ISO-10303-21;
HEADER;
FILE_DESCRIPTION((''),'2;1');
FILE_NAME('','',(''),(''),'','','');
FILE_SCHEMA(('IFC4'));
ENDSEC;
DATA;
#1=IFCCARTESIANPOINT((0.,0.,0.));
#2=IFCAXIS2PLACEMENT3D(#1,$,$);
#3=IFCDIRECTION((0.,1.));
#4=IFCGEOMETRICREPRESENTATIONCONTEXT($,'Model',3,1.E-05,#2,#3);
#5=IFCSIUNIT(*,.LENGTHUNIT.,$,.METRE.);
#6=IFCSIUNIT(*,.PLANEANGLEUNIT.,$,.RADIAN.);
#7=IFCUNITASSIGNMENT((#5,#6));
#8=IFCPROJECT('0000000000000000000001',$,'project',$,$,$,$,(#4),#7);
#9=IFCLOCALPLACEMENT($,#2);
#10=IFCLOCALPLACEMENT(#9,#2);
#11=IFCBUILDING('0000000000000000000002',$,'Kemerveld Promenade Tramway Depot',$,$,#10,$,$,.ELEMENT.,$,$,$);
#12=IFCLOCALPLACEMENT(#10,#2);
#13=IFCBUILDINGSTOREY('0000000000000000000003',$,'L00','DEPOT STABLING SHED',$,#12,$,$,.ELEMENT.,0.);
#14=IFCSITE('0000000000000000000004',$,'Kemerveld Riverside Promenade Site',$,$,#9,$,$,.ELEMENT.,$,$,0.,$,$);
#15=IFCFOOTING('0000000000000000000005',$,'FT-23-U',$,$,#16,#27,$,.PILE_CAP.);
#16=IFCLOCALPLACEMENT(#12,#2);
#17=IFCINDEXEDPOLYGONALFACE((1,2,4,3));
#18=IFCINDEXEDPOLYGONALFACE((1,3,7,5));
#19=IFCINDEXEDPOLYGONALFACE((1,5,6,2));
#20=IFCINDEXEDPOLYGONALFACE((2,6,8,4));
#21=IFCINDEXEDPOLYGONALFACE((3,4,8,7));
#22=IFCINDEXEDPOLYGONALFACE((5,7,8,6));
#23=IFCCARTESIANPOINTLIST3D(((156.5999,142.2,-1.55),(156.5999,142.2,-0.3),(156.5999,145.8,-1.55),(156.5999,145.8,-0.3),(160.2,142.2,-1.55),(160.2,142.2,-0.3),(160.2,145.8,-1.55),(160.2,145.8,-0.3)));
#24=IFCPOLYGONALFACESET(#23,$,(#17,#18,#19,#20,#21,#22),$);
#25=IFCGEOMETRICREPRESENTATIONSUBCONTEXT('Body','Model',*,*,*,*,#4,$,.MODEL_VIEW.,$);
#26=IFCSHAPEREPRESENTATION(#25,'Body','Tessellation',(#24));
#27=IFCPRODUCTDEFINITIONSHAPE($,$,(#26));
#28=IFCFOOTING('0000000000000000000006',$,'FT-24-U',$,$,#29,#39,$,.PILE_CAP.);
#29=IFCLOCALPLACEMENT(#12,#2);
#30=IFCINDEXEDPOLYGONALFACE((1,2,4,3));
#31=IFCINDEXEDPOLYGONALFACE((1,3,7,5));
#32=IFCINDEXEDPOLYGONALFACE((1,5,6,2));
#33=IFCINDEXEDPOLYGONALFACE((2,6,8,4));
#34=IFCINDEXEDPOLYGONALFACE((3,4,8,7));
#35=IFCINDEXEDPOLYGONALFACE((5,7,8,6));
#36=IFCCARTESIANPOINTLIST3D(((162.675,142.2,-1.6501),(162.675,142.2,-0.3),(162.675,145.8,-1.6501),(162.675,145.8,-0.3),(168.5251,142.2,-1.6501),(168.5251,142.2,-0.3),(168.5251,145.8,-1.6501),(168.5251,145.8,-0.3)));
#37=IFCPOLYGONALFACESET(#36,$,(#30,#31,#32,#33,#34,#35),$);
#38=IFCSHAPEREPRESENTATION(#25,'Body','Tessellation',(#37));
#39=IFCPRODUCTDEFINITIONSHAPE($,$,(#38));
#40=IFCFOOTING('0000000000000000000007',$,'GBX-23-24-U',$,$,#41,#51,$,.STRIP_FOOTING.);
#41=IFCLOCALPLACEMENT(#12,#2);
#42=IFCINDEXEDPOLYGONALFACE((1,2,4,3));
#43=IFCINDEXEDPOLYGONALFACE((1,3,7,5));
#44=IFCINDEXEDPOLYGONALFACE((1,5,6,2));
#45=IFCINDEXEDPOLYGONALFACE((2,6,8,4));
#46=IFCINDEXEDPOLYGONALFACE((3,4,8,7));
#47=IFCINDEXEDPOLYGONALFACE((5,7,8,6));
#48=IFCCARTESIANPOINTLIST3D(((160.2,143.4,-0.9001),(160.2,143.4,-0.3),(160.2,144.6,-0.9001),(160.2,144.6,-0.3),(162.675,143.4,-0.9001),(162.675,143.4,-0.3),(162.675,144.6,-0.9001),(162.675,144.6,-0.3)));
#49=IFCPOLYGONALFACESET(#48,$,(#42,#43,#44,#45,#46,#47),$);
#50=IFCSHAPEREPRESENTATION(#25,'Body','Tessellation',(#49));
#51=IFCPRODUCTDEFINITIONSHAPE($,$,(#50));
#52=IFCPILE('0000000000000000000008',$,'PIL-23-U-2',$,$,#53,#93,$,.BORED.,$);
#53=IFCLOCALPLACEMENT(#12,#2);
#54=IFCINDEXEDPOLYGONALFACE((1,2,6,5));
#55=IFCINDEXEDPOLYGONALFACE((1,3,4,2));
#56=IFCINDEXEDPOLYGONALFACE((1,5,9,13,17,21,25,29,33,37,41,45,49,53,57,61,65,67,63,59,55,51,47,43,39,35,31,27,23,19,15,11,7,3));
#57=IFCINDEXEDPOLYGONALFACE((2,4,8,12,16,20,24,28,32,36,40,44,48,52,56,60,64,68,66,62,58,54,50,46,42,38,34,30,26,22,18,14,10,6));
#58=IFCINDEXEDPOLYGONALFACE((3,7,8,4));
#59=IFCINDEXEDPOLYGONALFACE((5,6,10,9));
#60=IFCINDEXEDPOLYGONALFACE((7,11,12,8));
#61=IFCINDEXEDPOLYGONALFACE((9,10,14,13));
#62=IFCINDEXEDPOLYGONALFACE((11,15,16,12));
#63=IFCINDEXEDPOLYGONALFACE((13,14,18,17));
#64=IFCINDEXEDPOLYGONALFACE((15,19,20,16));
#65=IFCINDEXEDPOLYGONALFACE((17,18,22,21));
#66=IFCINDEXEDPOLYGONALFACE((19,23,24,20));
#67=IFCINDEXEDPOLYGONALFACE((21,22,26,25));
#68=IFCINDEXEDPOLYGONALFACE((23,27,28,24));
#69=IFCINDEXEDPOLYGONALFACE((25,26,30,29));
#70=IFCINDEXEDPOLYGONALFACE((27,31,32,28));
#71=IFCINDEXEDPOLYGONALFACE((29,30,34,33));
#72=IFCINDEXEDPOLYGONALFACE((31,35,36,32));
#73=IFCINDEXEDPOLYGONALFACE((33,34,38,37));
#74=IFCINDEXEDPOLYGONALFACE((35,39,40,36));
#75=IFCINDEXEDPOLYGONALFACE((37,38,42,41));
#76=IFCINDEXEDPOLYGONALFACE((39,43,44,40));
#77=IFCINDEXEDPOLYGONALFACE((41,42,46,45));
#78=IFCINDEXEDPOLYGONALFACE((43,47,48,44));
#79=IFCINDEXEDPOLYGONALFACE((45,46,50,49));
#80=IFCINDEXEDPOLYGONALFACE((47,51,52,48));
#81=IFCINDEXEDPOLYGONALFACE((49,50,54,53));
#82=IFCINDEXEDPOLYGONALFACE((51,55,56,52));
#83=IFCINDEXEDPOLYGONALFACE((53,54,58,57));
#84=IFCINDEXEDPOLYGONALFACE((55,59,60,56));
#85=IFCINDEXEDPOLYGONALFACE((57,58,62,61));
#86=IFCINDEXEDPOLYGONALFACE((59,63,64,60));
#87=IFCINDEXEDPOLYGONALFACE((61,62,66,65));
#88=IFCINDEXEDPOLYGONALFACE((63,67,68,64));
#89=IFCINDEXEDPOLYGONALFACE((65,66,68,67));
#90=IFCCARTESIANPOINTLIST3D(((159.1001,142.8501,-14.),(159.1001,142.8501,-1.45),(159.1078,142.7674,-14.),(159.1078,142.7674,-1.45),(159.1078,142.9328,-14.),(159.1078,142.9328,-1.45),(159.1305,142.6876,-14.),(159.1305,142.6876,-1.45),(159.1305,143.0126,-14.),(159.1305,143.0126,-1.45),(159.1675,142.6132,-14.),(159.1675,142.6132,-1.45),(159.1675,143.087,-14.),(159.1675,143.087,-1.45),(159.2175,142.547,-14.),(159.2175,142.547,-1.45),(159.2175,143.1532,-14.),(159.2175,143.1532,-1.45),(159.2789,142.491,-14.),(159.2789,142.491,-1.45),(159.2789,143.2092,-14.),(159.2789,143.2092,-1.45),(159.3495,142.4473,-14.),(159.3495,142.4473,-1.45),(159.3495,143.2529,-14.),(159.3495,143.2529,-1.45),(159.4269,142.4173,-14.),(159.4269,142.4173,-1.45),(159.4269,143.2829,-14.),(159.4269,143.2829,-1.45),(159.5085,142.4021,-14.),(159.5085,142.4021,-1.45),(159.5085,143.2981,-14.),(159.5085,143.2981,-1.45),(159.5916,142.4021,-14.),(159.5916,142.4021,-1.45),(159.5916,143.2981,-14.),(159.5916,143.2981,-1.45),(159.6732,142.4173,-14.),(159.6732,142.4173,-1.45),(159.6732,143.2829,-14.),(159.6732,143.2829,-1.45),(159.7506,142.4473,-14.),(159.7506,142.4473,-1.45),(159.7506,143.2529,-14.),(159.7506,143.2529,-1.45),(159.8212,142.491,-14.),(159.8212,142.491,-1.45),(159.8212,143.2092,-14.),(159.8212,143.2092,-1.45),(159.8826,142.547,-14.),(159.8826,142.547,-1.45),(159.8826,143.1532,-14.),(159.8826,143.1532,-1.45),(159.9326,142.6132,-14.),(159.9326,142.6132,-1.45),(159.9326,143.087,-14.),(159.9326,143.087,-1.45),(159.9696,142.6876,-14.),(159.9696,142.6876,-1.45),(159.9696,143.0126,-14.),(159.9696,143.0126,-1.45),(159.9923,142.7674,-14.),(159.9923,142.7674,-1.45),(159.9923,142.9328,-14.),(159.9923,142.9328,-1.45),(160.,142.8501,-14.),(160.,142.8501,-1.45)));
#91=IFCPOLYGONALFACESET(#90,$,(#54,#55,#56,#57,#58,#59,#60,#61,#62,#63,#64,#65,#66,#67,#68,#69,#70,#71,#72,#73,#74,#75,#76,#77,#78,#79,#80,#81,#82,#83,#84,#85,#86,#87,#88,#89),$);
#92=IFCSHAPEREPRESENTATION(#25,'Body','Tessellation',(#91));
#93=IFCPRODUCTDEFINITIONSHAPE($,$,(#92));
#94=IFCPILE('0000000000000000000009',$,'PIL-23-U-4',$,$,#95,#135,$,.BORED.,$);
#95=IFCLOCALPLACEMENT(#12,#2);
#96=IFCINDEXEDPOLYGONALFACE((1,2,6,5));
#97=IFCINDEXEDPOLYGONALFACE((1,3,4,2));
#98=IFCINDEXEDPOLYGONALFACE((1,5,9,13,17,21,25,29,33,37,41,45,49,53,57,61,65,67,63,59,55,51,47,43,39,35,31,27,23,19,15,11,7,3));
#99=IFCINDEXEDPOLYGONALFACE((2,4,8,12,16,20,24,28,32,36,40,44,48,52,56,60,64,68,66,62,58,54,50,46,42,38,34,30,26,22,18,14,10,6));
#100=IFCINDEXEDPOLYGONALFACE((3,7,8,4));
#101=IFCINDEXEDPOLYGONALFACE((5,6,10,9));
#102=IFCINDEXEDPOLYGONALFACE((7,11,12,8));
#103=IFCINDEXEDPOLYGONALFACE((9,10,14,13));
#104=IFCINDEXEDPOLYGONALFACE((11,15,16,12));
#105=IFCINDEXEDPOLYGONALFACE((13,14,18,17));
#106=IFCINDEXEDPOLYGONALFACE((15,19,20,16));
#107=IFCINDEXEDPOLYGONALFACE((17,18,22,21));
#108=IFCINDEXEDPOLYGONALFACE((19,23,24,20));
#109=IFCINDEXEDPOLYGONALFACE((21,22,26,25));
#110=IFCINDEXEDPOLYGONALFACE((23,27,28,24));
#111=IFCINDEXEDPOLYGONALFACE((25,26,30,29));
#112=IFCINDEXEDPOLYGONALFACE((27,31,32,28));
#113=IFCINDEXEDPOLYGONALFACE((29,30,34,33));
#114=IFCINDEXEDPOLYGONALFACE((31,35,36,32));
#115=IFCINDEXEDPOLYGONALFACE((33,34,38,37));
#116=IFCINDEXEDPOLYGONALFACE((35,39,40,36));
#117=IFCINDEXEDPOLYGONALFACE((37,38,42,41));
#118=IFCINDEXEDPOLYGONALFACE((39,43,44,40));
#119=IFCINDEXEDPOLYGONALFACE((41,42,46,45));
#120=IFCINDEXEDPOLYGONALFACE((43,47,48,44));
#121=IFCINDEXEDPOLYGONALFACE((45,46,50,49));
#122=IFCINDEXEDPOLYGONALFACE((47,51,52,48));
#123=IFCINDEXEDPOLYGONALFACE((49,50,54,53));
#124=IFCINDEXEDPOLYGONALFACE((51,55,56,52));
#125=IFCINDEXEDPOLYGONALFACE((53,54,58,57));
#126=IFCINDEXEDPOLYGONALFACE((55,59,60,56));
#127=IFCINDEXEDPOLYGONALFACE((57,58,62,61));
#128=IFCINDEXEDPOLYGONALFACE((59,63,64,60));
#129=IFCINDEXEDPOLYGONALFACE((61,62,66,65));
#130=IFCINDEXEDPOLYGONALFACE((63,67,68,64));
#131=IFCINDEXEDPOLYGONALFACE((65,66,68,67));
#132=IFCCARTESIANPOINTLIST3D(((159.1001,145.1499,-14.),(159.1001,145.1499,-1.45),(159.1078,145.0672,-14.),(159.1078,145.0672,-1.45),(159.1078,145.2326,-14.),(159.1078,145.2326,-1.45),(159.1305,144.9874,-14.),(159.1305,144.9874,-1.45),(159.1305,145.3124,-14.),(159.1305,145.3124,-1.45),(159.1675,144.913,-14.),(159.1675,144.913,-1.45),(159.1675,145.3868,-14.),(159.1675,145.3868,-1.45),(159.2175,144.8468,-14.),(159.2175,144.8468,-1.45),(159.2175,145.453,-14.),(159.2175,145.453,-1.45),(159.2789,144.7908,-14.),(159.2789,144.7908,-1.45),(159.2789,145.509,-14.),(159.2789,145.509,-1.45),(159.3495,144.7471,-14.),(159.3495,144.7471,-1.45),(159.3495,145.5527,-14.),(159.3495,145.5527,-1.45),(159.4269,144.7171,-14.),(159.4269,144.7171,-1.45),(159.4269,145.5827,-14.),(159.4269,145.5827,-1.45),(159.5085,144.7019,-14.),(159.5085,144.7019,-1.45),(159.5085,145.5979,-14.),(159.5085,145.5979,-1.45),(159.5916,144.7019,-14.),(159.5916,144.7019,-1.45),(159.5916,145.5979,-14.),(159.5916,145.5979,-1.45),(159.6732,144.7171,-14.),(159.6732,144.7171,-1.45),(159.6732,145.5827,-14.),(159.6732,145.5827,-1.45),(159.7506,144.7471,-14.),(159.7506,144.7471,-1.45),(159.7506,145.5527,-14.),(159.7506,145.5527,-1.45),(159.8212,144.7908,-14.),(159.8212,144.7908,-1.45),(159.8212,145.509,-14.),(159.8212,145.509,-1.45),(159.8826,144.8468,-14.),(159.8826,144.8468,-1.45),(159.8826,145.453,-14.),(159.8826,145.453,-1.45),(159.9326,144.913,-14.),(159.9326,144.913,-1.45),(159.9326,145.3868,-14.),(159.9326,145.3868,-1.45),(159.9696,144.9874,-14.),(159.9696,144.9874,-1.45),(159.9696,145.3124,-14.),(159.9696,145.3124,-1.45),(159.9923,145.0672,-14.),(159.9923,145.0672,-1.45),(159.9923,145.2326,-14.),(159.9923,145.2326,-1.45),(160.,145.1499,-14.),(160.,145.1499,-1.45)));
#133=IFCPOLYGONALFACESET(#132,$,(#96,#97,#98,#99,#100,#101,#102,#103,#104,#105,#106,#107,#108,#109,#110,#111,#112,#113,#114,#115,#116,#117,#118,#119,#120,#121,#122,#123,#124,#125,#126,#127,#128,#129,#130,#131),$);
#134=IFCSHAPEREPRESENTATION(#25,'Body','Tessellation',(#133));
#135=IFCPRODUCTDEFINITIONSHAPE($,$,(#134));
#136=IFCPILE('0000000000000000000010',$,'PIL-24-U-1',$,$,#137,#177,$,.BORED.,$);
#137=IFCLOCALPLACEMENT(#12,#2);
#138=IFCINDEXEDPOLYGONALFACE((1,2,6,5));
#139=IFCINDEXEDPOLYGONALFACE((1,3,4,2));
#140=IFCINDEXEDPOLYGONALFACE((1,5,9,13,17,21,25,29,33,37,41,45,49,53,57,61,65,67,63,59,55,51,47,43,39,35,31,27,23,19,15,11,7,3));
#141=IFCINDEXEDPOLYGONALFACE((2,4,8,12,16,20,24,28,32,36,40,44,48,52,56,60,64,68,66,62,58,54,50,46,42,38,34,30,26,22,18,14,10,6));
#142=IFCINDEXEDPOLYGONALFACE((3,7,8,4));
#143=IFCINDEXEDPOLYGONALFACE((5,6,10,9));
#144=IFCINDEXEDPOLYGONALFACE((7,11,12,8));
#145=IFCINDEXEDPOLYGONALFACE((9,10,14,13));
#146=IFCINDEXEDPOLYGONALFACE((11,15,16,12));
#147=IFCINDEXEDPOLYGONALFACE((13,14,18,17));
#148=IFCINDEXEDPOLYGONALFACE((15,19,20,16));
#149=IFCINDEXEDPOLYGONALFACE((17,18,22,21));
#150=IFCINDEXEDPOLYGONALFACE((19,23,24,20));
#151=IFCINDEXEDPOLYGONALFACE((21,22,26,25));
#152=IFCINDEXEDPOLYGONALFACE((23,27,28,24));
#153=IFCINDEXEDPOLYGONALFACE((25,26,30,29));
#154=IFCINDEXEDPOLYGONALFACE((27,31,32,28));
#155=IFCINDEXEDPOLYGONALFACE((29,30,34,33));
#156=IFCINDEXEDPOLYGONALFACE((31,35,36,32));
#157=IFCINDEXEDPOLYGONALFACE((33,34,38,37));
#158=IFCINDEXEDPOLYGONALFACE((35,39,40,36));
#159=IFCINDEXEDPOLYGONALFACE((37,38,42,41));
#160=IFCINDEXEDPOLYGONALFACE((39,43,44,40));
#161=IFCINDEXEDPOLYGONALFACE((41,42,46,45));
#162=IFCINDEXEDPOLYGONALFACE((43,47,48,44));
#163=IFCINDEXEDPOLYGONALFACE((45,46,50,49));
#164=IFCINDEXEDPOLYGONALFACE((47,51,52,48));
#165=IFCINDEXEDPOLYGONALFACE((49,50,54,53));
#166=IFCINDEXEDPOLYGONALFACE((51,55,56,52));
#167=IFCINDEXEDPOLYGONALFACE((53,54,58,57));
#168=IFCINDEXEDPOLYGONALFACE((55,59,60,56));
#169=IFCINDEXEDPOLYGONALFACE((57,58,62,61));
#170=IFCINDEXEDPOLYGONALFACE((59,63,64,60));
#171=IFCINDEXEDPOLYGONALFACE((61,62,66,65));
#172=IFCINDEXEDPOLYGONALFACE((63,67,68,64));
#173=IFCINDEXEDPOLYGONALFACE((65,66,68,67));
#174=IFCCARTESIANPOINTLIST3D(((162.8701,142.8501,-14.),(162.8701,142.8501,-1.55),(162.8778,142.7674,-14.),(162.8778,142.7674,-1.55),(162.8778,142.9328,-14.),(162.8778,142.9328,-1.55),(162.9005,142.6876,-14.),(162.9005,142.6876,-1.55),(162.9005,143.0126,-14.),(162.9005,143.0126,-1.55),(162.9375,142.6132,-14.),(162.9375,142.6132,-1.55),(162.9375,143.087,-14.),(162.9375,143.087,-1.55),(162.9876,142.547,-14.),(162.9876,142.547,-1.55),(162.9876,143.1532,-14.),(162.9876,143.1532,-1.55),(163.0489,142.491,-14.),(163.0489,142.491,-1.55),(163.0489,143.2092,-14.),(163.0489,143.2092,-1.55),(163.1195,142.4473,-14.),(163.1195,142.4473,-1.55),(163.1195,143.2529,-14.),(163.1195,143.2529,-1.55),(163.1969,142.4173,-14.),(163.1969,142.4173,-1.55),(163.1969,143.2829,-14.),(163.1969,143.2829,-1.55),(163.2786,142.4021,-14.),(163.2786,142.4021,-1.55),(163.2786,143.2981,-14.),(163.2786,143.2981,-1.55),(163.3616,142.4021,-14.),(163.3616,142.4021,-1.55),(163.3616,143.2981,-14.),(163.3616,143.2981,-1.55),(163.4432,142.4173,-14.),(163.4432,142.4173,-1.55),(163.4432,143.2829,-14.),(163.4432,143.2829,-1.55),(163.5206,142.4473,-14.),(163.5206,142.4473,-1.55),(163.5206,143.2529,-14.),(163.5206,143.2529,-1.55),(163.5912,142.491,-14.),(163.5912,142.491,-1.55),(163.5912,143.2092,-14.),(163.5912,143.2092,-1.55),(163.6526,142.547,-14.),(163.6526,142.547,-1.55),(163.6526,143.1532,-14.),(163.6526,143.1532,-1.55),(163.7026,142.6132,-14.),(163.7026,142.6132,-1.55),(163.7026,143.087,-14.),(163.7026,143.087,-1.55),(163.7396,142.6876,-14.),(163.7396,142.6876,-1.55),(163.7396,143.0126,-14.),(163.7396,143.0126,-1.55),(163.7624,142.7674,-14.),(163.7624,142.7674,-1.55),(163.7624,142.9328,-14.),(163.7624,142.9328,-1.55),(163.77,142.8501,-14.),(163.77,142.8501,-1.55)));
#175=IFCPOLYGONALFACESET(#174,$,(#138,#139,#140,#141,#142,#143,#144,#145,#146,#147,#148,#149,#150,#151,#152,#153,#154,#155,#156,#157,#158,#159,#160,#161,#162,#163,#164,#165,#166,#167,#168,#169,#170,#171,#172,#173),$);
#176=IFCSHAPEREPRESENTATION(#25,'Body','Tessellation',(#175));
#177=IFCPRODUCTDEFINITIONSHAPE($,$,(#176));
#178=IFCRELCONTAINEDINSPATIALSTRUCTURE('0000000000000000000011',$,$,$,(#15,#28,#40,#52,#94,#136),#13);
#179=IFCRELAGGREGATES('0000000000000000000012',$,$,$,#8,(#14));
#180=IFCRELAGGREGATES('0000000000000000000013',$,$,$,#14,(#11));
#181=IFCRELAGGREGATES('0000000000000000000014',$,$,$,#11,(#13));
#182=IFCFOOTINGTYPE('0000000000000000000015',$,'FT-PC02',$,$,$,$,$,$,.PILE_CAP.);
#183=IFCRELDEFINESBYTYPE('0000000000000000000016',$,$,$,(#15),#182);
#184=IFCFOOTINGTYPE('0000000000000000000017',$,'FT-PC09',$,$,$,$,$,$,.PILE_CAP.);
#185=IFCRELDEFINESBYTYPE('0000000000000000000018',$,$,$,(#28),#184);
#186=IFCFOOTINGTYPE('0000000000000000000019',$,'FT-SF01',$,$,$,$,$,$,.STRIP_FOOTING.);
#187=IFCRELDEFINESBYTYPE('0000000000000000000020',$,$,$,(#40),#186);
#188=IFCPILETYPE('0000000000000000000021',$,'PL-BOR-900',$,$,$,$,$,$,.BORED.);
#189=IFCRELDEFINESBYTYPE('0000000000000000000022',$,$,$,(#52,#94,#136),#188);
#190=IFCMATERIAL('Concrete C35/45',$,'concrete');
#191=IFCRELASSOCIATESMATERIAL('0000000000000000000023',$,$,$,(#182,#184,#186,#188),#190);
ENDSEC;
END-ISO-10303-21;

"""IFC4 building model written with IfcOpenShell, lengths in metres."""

from ifc_helpers import new_model, si_unit, direction, frame, origin, origin_2d, place, context, subcontext, project, spatial, rectangle, circle, extrude, material, material_profile, profile_set, type_object, element, save


model = new_model("IFC4")

# Units and contexts
model_context = context("Model", 3, precision=1e-05, world=origin(), true_north=direction((0.0, 1.0)))
body_context = subcontext(model_context, "Body", "Model", "MODEL_VIEW")
ifc_project = project(units=[si_unit("LENGTHUNIT", "METRE"), si_unit("PLANEANGLEUNIT", "RADIAN")], contexts=[model_context])

# Site, building, storey
site_placement = place(None, origin())
site = spatial("IfcSite", under=ifc_project, at=site_placement, Name="Kemerveld Riverside Promenade Site", CompositionType="ELEMENT", RefElevation=0.0)
building_placement = place(site_placement, origin())
building = spatial("IfcBuilding", under=site, at=building_placement, Name="Kemerveld Promenade Tramway Depot", CompositionType="ELEMENT")
storey_placement = place(building_placement, origin())
storey = spatial("IfcBuildingStorey", under=building, at=storey_placement, Name="L00", Description="DEPOT STABLING SHED", CompositionType="ELEMENT", Elevation=0.0)

# Footings
ifc_material_1 = material(Name="Concrete C35/45", Category="concrete")
footing_type_1 = type_object("IfcFootingType", Name="FT-PC02", PredefinedType="PILE_CAP", material=ifc_material_1)
footing_1_placement = place(storey_placement, frame((158.3999, 144.0, -1.55), z_axis=(0.0, 0.0, 1.0), x_axis=(1.0, 0.0, 0.0)))
element("IfcFooting", 1, at=footing_1_placement, inside=storey, type_object=footing_type_1, Name="FT-23-U", PredefinedType="PILE_CAP", context=body_context, shape_type="SweptSolid", body=[
    extrude(rectangle(XDim=3.6001, YDim=3.6001, at=origin_2d()), origin(), (0.0, 0.0, 1.0), 1.25),
])
footing_type_2 = type_object("IfcFootingType", Name="FT-PC09", PredefinedType="PILE_CAP", material=ifc_material_1)
footing_2_placement = place(storey_placement, frame((165.6001, 144.0, -1.6501), z_axis=(0.0, 0.0, 1.0), x_axis=(1.0, 0.0, 0.0)))
element("IfcFooting", 2, at=footing_2_placement, inside=storey, type_object=footing_type_2, Name="FT-24-U", PredefinedType="PILE_CAP", context=body_context, shape_type="SweptSolid", body=[
    extrude(rectangle(XDim=5.8501, YDim=3.6001, at=origin_2d()), origin(), (0.0, 0.0, 1.0), 1.3501),
])
footing_type_3 = type_object("IfcFootingType", Name="FT-SF01", PredefinedType="STRIP_FOOTING", material=ifc_material_1)
footing_3_placement = place(storey_placement, frame((161.4375, 144.0, -0.9001), z_axis=(0.0, 0.0, 1.0), x_axis=(1.0, 0.0, 0.0)))
element("IfcFooting", 3, at=footing_3_placement, inside=storey, type_object=footing_type_3, Name="GBX-23-24-U", PredefinedType="STRIP_FOOTING", context=body_context, shape_type="SweptSolid", body=[
    extrude(rectangle(XDim=2.4751, YDim=1.2, at=origin_2d()), origin(), (0.0, 0.0, 1.0), 0.6001),
])

# Piles
ifc_material_profile_1 = material_profile(ifc_material_1, circle(Radius=0.45, at=origin_2d()), Name="PILE-D900")
ifc_profile_set_1 = profile_set([ifc_material_profile_1], Name="Concrete C35/45")
pile_type = type_object("IfcPileType", Name="PL-BOR-900", PredefinedType="BORED", material=ifc_profile_set_1)
for number, where, z_axis, x_axis, name in (
    (4, (159.55, 142.8501, -1.45), (0.0, 0.0, -1.0), (1.0, 0.0, 0.0), "PIL-23-U-2"),
    (5, (159.55, 145.1499, -1.45), (0.0, 0.0, -1.0), (1.0, 0.0, 0.0), "PIL-23-U-4"),
):
    element("IfcPile", number, at=place(storey_placement, frame(where, z_axis=z_axis, x_axis=x_axis)), inside=storey, type_object=pile_type, Name=name, PredefinedType="BORED", context=body_context, shape_type="SweptSolid", body=[
        extrude(circle(Radius=0.45, at=origin_2d()), origin(), (0.0, 0.0, 1.0), 12.55),
    ])
for number, where, z_axis, x_axis, name in (
    (6, (163.3201, 142.8501, -1.55), (0.0, 0.0, -1.0), (1.0, 0.0, 0.0), "PIL-24-U-1"),
):
    element("IfcPile", number, at=place(storey_placement, frame(where, z_axis=z_axis, x_axis=x_axis)), inside=storey, type_object=pile_type, Name=name, PredefinedType="BORED", context=body_context, shape_type="SweptSolid", body=[
        extrude(circle(Radius=0.45, at=origin_2d()), origin(), (0.0, 0.0, 1.0), 12.45),
    ])

save(model, "model.ifc")
